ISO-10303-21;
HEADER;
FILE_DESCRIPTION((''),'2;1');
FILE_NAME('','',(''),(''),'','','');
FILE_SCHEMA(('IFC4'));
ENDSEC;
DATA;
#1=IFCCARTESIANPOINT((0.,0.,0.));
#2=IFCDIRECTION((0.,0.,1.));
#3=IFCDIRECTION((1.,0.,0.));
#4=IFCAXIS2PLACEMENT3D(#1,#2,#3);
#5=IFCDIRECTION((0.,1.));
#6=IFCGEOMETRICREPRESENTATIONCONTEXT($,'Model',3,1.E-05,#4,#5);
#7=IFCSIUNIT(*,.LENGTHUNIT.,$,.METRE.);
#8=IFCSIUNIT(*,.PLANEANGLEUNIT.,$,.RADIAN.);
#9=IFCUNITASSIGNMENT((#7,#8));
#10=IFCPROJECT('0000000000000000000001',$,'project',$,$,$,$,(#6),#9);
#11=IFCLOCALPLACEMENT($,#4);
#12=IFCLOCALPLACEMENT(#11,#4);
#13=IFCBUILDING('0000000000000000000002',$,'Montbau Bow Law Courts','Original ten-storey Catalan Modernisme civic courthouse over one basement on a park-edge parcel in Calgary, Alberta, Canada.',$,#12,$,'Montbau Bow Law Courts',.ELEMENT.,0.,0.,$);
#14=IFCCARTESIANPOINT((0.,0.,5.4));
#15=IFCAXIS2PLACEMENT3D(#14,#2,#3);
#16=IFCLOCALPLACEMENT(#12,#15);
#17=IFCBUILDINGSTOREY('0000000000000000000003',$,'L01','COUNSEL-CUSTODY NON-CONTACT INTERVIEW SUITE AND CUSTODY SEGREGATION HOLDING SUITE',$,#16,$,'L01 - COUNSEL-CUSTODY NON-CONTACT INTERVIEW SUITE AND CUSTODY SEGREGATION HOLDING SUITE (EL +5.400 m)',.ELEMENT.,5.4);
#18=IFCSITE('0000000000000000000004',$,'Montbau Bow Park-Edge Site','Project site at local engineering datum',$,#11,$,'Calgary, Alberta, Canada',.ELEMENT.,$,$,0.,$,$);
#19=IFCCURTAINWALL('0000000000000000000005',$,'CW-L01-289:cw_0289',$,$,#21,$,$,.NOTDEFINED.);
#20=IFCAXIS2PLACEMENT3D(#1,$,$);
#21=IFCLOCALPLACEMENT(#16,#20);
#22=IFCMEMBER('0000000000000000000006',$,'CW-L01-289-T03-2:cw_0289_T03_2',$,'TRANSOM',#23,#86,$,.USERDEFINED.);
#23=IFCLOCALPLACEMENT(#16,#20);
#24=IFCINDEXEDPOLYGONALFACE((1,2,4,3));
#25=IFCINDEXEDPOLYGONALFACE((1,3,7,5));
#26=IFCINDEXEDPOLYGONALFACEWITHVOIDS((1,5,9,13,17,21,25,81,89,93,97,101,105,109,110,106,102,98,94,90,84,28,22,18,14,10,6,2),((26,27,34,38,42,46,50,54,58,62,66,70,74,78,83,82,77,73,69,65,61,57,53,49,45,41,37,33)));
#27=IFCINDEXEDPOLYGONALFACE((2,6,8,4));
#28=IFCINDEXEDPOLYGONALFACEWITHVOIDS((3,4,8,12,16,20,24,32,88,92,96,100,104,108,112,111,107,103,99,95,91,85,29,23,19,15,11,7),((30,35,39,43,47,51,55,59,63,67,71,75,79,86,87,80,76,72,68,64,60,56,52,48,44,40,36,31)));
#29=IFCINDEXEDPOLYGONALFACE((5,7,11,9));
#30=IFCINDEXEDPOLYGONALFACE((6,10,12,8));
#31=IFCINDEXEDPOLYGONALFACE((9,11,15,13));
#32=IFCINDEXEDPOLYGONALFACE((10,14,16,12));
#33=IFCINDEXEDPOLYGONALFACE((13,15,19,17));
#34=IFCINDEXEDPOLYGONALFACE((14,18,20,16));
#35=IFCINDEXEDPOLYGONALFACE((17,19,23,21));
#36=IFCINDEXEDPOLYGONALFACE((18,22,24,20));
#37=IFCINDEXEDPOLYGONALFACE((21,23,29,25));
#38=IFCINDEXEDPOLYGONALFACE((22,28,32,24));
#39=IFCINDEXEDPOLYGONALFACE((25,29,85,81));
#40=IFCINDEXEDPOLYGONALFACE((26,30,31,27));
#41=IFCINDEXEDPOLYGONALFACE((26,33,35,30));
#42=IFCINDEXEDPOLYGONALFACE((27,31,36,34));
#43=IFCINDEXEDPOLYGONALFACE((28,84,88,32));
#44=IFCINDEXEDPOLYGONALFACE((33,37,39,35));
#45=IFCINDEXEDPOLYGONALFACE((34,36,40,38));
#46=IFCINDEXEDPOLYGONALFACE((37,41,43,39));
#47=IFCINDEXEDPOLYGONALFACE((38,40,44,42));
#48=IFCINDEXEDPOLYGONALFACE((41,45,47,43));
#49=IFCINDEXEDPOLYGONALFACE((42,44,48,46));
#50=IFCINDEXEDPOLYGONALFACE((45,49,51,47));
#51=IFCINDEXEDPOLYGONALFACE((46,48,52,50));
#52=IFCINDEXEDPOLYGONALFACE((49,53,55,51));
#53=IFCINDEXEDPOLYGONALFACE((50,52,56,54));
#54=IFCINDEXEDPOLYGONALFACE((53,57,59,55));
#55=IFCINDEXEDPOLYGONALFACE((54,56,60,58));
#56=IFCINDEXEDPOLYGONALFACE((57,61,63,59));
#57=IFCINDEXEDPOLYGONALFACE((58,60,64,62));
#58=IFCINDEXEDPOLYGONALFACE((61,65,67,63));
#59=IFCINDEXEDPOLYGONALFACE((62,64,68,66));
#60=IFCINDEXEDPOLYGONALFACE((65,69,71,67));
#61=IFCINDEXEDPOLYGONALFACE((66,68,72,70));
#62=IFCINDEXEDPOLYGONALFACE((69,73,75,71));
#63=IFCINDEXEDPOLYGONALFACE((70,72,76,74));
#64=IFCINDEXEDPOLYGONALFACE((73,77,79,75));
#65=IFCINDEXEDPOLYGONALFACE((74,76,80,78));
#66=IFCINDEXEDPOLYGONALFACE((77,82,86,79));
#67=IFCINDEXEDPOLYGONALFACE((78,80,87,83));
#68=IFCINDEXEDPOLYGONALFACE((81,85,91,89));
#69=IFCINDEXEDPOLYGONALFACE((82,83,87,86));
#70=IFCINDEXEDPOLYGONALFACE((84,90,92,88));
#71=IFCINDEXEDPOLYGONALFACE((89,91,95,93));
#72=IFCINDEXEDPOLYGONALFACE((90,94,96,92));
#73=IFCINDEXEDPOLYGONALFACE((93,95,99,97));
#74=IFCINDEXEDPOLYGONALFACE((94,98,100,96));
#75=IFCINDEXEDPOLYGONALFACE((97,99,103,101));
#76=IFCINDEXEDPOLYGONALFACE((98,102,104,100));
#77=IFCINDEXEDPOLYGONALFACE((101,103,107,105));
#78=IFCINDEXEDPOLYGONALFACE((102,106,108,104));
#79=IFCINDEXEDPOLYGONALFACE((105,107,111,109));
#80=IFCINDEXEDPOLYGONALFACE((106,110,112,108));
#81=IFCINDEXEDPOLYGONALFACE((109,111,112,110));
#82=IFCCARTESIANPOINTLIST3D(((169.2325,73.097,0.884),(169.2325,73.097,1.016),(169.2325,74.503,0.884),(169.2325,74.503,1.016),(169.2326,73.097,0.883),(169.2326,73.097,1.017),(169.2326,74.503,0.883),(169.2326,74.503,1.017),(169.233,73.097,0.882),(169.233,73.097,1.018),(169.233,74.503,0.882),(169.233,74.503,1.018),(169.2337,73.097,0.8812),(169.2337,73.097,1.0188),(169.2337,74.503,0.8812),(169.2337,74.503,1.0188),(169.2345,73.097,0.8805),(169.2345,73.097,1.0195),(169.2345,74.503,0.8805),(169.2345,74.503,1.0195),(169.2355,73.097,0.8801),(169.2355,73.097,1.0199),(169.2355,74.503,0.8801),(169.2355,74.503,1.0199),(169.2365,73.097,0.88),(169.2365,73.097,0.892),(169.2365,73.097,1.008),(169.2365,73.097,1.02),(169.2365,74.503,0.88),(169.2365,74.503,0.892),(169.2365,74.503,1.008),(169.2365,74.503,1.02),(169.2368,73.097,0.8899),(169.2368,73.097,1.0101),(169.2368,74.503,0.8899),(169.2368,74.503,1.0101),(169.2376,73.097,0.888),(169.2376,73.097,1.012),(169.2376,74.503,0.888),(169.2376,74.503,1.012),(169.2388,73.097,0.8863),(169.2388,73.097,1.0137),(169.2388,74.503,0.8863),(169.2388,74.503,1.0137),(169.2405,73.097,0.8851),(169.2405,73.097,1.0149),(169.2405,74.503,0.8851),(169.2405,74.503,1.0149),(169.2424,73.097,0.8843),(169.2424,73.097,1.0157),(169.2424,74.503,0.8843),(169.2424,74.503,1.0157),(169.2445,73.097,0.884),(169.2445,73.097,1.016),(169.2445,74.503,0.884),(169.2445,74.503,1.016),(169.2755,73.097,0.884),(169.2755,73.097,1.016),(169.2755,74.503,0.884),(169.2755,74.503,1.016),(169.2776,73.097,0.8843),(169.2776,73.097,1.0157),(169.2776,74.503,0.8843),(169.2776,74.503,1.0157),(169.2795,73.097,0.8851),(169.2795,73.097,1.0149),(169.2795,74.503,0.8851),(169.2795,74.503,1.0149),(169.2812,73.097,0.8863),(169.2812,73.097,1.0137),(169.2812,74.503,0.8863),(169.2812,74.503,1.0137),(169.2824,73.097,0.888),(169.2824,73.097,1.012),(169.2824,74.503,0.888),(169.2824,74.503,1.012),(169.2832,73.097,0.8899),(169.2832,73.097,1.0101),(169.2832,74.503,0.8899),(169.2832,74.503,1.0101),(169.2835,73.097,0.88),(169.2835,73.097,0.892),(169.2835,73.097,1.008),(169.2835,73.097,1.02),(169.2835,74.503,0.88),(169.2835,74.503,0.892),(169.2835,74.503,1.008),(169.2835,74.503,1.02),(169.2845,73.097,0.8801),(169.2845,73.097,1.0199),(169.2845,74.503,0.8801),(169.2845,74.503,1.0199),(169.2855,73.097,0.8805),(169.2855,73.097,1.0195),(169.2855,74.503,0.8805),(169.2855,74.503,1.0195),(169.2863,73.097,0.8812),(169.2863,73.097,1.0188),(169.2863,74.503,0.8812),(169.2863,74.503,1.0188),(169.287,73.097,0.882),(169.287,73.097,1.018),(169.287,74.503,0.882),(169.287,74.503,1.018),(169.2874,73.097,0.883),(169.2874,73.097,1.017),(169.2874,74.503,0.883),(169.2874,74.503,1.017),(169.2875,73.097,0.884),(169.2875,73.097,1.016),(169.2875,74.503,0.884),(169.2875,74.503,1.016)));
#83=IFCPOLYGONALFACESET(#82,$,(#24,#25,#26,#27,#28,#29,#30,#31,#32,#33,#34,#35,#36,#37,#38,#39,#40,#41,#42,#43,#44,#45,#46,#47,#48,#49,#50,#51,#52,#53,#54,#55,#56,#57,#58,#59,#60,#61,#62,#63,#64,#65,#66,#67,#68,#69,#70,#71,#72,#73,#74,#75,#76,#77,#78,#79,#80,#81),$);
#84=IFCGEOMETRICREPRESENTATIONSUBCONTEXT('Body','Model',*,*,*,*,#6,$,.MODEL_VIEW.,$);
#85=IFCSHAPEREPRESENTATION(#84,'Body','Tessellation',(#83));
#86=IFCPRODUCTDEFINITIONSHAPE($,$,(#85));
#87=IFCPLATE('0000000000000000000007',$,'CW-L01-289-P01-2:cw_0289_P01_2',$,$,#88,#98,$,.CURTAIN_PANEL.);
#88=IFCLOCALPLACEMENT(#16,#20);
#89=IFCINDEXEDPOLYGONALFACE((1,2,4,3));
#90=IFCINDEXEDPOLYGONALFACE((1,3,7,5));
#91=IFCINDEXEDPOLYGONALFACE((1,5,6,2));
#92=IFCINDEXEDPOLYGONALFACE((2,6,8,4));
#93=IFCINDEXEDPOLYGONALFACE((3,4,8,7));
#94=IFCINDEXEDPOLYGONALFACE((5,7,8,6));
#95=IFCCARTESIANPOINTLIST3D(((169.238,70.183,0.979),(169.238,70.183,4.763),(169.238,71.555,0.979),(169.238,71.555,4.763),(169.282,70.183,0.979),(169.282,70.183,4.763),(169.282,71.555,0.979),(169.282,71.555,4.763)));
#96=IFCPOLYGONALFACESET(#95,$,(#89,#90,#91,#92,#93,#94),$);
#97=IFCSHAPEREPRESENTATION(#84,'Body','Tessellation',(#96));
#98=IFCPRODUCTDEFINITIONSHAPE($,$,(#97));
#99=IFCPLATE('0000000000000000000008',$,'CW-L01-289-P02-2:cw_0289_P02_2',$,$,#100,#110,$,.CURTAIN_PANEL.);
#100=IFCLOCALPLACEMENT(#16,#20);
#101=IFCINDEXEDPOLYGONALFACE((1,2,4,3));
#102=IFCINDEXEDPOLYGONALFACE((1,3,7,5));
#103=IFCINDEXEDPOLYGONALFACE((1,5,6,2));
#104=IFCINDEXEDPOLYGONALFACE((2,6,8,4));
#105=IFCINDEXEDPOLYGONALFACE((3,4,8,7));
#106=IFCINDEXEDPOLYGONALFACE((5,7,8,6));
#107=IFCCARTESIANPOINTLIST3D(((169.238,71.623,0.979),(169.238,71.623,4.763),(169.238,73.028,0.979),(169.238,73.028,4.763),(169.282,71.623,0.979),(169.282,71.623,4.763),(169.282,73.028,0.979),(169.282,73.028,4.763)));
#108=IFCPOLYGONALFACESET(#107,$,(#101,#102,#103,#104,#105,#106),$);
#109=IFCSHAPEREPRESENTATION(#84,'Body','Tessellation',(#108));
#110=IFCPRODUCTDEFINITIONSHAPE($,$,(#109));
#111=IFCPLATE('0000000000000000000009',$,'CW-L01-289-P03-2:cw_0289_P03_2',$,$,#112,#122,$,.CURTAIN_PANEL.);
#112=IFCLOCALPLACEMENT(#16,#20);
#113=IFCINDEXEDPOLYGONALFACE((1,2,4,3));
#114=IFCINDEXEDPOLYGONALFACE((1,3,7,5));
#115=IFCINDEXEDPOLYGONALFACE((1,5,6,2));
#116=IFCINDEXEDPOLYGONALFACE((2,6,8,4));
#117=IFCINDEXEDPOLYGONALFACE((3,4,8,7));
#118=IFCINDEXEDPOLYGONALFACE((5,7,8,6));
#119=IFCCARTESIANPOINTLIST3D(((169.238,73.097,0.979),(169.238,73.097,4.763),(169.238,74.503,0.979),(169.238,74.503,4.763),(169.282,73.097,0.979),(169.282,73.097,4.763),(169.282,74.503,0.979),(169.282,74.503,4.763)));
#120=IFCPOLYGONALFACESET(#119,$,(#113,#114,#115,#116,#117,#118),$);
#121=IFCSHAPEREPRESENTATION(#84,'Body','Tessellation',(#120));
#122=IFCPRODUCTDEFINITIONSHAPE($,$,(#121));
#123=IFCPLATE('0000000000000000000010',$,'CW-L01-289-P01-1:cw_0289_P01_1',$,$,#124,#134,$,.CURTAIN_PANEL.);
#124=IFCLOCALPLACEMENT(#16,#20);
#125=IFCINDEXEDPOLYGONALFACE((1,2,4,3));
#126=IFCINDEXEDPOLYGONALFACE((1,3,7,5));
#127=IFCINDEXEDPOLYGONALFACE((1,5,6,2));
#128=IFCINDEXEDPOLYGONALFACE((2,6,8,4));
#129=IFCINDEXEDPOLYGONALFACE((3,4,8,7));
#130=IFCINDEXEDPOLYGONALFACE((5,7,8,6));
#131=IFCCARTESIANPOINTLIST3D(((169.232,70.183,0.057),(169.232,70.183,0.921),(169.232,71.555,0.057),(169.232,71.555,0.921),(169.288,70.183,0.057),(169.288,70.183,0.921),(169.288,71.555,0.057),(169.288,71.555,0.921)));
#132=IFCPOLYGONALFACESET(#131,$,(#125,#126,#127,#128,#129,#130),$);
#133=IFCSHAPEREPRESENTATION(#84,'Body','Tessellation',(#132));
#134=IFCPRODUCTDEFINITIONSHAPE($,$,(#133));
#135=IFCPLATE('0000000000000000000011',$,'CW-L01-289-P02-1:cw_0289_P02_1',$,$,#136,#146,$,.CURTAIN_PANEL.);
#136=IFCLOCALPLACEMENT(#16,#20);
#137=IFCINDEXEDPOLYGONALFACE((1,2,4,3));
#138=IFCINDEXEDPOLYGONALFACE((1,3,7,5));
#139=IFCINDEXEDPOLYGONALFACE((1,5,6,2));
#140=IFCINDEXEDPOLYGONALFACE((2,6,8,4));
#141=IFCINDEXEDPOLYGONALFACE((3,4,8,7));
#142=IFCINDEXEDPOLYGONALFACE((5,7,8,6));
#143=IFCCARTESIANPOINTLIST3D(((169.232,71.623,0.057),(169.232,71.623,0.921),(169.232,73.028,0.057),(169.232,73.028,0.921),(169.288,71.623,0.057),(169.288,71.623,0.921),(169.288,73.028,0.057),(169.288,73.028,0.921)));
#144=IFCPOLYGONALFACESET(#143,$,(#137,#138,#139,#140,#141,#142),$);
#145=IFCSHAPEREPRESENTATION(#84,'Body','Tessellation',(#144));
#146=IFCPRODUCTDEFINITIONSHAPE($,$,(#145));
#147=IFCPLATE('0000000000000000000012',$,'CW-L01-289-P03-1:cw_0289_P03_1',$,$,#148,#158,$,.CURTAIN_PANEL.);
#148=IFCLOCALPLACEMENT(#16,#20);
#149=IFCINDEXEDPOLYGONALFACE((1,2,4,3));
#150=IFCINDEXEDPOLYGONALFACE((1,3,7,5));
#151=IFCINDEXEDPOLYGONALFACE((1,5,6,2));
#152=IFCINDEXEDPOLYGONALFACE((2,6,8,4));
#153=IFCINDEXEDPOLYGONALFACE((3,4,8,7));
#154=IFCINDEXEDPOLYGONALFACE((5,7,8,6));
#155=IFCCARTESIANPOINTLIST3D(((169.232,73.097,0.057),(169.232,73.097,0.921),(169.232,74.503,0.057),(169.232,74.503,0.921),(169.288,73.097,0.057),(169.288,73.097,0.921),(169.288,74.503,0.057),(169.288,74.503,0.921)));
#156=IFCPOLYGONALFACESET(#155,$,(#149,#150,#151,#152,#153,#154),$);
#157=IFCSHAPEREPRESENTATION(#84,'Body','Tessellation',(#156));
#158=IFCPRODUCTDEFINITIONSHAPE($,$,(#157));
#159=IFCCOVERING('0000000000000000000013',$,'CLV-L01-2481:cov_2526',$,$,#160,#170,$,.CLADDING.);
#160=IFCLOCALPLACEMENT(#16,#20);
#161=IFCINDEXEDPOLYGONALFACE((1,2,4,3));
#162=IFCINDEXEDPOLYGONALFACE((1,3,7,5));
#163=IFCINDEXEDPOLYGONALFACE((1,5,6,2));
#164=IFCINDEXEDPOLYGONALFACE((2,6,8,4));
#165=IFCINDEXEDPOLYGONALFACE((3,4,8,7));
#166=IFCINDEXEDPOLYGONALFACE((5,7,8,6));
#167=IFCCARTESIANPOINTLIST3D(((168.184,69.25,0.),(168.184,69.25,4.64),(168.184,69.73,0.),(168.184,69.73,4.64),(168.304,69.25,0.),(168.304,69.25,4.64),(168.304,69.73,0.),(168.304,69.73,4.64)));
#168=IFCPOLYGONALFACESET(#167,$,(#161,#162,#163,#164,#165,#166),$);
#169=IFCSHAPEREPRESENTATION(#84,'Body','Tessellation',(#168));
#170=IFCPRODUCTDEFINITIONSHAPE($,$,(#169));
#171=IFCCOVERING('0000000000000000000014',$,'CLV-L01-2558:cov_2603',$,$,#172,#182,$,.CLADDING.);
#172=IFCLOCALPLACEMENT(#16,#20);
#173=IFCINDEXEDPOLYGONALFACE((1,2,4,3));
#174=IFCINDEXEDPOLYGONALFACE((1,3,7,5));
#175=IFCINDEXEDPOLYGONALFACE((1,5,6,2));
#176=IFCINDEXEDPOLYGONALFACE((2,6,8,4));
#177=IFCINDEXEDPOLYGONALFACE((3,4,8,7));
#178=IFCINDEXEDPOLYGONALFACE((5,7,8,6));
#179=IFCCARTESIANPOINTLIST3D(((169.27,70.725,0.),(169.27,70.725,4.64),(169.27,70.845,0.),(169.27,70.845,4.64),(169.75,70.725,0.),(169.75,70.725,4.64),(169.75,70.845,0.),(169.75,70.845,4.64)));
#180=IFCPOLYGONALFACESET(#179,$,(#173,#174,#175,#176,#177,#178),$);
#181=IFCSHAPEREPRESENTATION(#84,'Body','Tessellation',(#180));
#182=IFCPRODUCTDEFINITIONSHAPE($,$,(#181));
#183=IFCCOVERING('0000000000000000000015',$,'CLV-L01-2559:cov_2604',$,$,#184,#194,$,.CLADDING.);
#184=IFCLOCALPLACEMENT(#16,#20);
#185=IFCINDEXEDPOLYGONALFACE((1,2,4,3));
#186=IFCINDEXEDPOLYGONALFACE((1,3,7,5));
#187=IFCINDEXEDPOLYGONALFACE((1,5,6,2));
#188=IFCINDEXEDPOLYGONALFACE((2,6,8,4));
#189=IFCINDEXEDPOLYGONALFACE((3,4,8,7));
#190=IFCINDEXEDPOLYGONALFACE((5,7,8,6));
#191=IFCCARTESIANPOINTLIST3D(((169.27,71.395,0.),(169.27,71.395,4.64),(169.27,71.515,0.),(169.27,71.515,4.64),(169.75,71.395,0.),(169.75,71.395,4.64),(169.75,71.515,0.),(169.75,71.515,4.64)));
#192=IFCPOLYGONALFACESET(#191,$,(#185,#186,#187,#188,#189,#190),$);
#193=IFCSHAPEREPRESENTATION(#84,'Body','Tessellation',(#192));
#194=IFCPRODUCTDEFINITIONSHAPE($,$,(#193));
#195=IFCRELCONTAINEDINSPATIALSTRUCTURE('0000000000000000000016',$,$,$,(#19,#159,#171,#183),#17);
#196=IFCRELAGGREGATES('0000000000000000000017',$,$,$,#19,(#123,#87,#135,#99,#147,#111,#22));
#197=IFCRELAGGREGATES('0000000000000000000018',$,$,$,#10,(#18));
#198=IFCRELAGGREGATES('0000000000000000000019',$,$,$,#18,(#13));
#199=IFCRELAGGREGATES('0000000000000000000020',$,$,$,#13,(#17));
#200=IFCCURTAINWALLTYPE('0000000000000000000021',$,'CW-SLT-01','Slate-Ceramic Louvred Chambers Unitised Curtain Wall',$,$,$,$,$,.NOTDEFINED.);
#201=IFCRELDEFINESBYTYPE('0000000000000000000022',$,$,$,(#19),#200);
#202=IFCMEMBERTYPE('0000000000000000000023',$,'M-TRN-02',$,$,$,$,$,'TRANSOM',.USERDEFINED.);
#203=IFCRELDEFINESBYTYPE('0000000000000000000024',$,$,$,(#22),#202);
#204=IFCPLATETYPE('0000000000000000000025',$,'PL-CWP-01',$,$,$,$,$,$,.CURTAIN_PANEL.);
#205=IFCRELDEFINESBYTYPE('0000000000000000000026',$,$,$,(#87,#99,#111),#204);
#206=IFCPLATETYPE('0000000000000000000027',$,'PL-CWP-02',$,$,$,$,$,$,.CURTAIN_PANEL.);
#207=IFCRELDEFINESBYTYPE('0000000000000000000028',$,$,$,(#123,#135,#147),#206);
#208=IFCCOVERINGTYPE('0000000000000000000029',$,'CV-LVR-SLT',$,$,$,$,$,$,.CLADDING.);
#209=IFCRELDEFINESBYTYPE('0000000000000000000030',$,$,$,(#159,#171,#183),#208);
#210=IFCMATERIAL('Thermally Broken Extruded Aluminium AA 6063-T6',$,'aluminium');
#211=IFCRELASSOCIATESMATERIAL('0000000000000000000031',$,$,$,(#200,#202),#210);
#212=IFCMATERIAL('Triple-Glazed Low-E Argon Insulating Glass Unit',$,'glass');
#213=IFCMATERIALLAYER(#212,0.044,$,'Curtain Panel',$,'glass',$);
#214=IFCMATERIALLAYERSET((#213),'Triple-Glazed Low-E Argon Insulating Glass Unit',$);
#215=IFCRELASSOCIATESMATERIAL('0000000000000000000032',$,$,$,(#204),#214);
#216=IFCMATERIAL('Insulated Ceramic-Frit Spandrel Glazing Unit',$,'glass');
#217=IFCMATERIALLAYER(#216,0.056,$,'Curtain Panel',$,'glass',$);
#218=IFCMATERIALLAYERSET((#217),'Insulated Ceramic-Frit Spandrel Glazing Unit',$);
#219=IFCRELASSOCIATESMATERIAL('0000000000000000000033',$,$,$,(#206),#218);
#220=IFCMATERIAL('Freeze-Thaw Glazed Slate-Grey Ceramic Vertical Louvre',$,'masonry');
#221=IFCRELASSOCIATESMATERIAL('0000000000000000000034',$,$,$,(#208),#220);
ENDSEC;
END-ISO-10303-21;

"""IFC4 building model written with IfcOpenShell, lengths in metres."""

from ifc_helpers import new_model, si_unit, direction, frame, frame_2d, origin_with_axes, origin_2d_with_axis, place, context, subcontext, project, spatial, rectangle, hollow_rectangle, extrude, material, layer, layer_set, material_profile, profile_set, type_object, element, aggregate, save


model = new_model("IFC4")

# Units and contexts
model_context = context("Model", 3, precision=1e-05, world=origin_with_axes(), true_north=direction((0.0, 1.0)))
body_context = subcontext(model_context, "Body", "Model", "MODEL_VIEW")
ifc_project = project(units=[si_unit("LENGTHUNIT", "METRE"), si_unit("PLANEANGLEUNIT", "RADIAN")], contexts=[model_context])

# Site, building, storey
site_placement = place(None, origin_with_axes())
site = spatial("IfcSite", under=ifc_project, at=site_placement, Name="Montbau Bow Park-Edge Site", Description="Project site at local engineering datum", LongName="Calgary, Alberta, Canada", CompositionType="ELEMENT", RefElevation=0.0)
building_placement = place(site_placement, origin_with_axes())
building = spatial("IfcBuilding", under=site, at=building_placement, Name="Montbau Bow Law Courts", Description="Original ten-storey Catalan Modernisme civic courthouse over one basement on a park-edge parcel in Calgary, Alberta, Canada.", LongName="Montbau Bow Law Courts", CompositionType="ELEMENT", ElevationOfRefHeight=0.0, ElevationOfTerrain=0.0)
storey_placement = place(building_placement, frame((0.0, 0.0, 5.4), z_axis=(0.0, 0.0, 1.0), x_axis=(1.0, 0.0, 0.0)))
storey = spatial("IfcBuildingStorey", under=building, at=storey_placement, Name="L01", Description="COUNSEL-CUSTODY NON-CONTACT INTERVIEW SUITE AND CUSTODY SEGREGATION HOLDING SUITE", LongName="L01 - COUNSEL-CUSTODY NON-CONTACT INTERVIEW SUITE AND CUSTODY SEGREGATION HOLDING SUITE (EL +5.400 m)", CompositionType="ELEMENT", Elevation=5.4)

# Shared definitions
ifc_material_1 = material(Name="Thermally Broken Extruded Aluminium AA 6063-T6", Category="aluminium")
curtain_wall_type = type_object("IfcCurtainWallType", Name="CW-SLT-01", Description="Slate-Ceramic Louvred Chambers Unitised Curtain Wall", PredefinedType="NOTDEFINED", material=ifc_material_1)

# Curtain wall, member, plates
curtain_wall_1_placement = place(None, frame((169.26, 70.115, 5.4), z_axis=(0.0, 0.0, 1.0), x_axis=(1.0, 0.0, 0.0)))
curtain_wall_1 = element("IfcCurtainWall", 1, at=curtain_wall_1_placement, inside=storey, type_object=curtain_wall_type, Name="CW-L01-289:cw_0289", PredefinedType="NOTDEFINED")
ifc_material_profile_1 = material_profile(ifc_material_1, hollow_rectangle(XDim=0.055, YDim=0.14, WallThickness=0.004, InnerFilletRadius=0.008, OuterFilletRadius=0.004, at=origin_2d_with_axis()), Name="CWT-140X55", Category="Main", Priority=0)
ifc_profile_set_1 = profile_set([ifc_material_profile_1], Name="Thermally Broken Extruded Aluminium AA 6063-T6")
member_type_1 = type_object("IfcMemberType", Name="M-TRN-02", ElementType="TRANSOM", PredefinedType="USERDEFINED", material=ifc_profile_set_1)
member_1_placement = place(None, frame((169.26, 73.097, 6.35), z_axis=(0.0, 1.0, 0.0), x_axis=(-1.0, 0.0, 0.0)))
member_1 = element("IfcMember", 2, at=member_1_placement, type_object=member_type_1, Name="CW-L01-289-T03-2:cw_0289_T03_2", ObjectType="TRANSOM", PredefinedType="USERDEFINED", context=body_context, shape_type="SweptSolid", body=[
    extrude(hollow_rectangle(XDim=0.055, YDim=0.14, WallThickness=0.004, InnerFilletRadius=0.008, OuterFilletRadius=0.004, at=origin_2d_with_axis()), origin_with_axes(), (0.0, 0.0, 1.0), 1.406),
])
ifc_material_2 = material(Name="Triple-Glazed Low-E Argon Insulating Glass Unit", Category="glass")
ifc_layer_1 = layer(ifc_material_2, 0.044, Name="Curtain Panel", Category="glass")
ifc_layer_set_1 = layer_set([ifc_layer_1], Name="Triple-Glazed Low-E Argon Insulating Glass Unit")
plate_type_1 = type_object("IfcPlateType", Name="PL-CWP-01", PredefinedType="CURTAIN_PANEL", material=ifc_layer_set_1)
plate_1_placement = place(None, frame((169.26, 70.183, 6.379), z_axis=(1.0, 0.0, 0.0), x_axis=(0.0, 1.0, 0.0)))
plate_1 = element("IfcPlate", 3, at=plate_1_placement, type_object=plate_type_1, Name="CW-L01-289-P01-2:cw_0289_P01_2", PredefinedType="CURTAIN_PANEL", context=body_context, shape_type="SweptSolid", body=[
    extrude(rectangle(XDim=1.372, YDim=3.784, at=frame_2d((0.686, 1.892), x_axis=(1.0, 0.0))), frame((0.0, 0.0, -0.022), z_axis=(0.0, 0.0, 1.0), x_axis=(1.0, 0.0, 0.0)), (0.0, 0.0, 1.0), 0.044),
])
plate_2_placement = place(None, frame((169.26, 71.623, 6.379), z_axis=(1.0, 0.0, 0.0), x_axis=(0.0, 1.0, 0.0)))
plate_2 = element("IfcPlate", 4, at=plate_2_placement, type_object=plate_type_1, Name="CW-L01-289-P02-2:cw_0289_P02_2", PredefinedType="CURTAIN_PANEL", context=body_context, shape_type="SweptSolid", body=[
    extrude(rectangle(XDim=1.405, YDim=3.784, at=frame_2d((0.7025, 1.892), x_axis=(1.0, 0.0))), frame((0.0, 0.0, -0.022), z_axis=(0.0, 0.0, 1.0), x_axis=(1.0, 0.0, 0.0)), (0.0, 0.0, 1.0), 0.044),
])
plate_3_placement = place(None, frame((169.26, 73.097, 6.379), z_axis=(1.0, 0.0, 0.0), x_axis=(0.0, 1.0, 0.0)))
plate_3 = element("IfcPlate", 5, at=plate_3_placement, type_object=plate_type_1, Name="CW-L01-289-P03-2:cw_0289_P03_2", PredefinedType="CURTAIN_PANEL", context=body_context, shape_type="SweptSolid", body=[
    extrude(rectangle(XDim=1.406, YDim=3.784, at=frame_2d((0.703, 1.892), x_axis=(1.0, 0.0))), frame((0.0, 0.0, -0.022), z_axis=(0.0, 0.0, 1.0), x_axis=(1.0, 0.0, 0.0)), (0.0, 0.0, 1.0), 0.044),
])
ifc_material_3 = material(Name="Insulated Ceramic-Frit Spandrel Glazing Unit", Category="glass")
ifc_layer_2 = layer(ifc_material_3, 0.056, Name="Curtain Panel", Category="glass")
ifc_layer_set_2 = layer_set([ifc_layer_2], Name="Insulated Ceramic-Frit Spandrel Glazing Unit")
plate_type_2 = type_object("IfcPlateType", Name="PL-CWP-02", PredefinedType="CURTAIN_PANEL", material=ifc_layer_set_2)
plate_4_placement = place(None, frame((169.26, 70.183, 5.457), z_axis=(1.0, 0.0, 0.0), x_axis=(0.0, 1.0, 0.0)))
plate_4 = element("IfcPlate", 6, at=plate_4_placement, type_object=plate_type_2, Name="CW-L01-289-P01-1:cw_0289_P01_1", PredefinedType="CURTAIN_PANEL", context=body_context, shape_type="SweptSolid", body=[
    extrude(rectangle(XDim=1.372, YDim=0.864, at=frame_2d((0.686, 0.432), x_axis=(1.0, 0.0))), frame((0.0, 0.0, -0.028), z_axis=(0.0, 0.0, 1.0), x_axis=(1.0, 0.0, 0.0)), (0.0, 0.0, 1.0), 0.056),
])
plate_5_placement = place(None, frame((169.26, 71.623, 5.457), z_axis=(1.0, 0.0, 0.0), x_axis=(0.0, 1.0, 0.0)))
plate_5 = element("IfcPlate", 7, at=plate_5_placement, type_object=plate_type_2, Name="CW-L01-289-P02-1:cw_0289_P02_1", PredefinedType="CURTAIN_PANEL", context=body_context, shape_type="SweptSolid", body=[
    extrude(rectangle(XDim=1.405, YDim=0.864, at=frame_2d((0.7025, 0.432), x_axis=(1.0, 0.0))), frame((0.0, 0.0, -0.028), z_axis=(0.0, 0.0, 1.0), x_axis=(1.0, 0.0, 0.0)), (0.0, 0.0, 1.0), 0.056),
])
plate_6_placement = place(None, frame((169.26, 73.097, 5.457), z_axis=(1.0, 0.0, 0.0), x_axis=(0.0, 1.0, 0.0)))
plate_6 = element("IfcPlate", 8, at=plate_6_placement, type_object=plate_type_2, Name="CW-L01-289-P03-1:cw_0289_P03_1", PredefinedType="CURTAIN_PANEL", context=body_context, shape_type="SweptSolid", body=[
    extrude(rectangle(XDim=1.406, YDim=0.864, at=frame_2d((0.703, 0.432), x_axis=(1.0, 0.0))), frame((0.0, 0.0, -0.028), z_axis=(0.0, 0.0, 1.0), x_axis=(1.0, 0.0, 0.0)), (0.0, 0.0, 1.0), 0.056),
])
aggregate(curtain_wall_1, [plate_4, plate_1, plate_5, plate_2, plate_6, plate_3, member_1])

# Coverings
ifc_material_4 = material(Name="Freeze-Thaw Glazed Slate-Grey Ceramic Vertical Louvre", Category="masonry")
covering_type = type_object("IfcCoveringType", Name="CV-LVR-SLT", PredefinedType="CLADDING", material=ifc_material_4)
for number, where, z_axis, x_axis, name in (
    (9, (168.244, 69.73, 5.4), (-1.0, 0.0, 0.0), (0.0, -1.0, 0.0), "CLV-L01-2481:cov_2526"),
    (10, (169.27, 70.785, 5.4), (0.0, -1.0, 0.0), (1.0, 0.0, 0.0), "CLV-L01-2558:cov_2603"),
    (11, (169.27, 71.455, 5.4), (0.0, -1.0, 0.0), (1.0, 0.0, 0.0), "CLV-L01-2559:cov_2604"),
):
    element("IfcCovering", number, at=place(None, frame(where, z_axis=z_axis, x_axis=x_axis)), inside=storey, type_object=covering_type, Name=name, PredefinedType="CLADDING", context=body_context, shape_type="SweptSolid", body=[
        extrude(rectangle(XDim=0.48, YDim=4.64, at=frame_2d((0.24, 2.32), x_axis=(1.0, 0.0))), frame((0.0, 0.0, -0.06), z_axis=(0.0, 0.0, 1.0), x_axis=(1.0, 0.0, 0.0)), (0.0, 0.0, 1.0), 0.12),
    ])

save(model, "model.ifc")
